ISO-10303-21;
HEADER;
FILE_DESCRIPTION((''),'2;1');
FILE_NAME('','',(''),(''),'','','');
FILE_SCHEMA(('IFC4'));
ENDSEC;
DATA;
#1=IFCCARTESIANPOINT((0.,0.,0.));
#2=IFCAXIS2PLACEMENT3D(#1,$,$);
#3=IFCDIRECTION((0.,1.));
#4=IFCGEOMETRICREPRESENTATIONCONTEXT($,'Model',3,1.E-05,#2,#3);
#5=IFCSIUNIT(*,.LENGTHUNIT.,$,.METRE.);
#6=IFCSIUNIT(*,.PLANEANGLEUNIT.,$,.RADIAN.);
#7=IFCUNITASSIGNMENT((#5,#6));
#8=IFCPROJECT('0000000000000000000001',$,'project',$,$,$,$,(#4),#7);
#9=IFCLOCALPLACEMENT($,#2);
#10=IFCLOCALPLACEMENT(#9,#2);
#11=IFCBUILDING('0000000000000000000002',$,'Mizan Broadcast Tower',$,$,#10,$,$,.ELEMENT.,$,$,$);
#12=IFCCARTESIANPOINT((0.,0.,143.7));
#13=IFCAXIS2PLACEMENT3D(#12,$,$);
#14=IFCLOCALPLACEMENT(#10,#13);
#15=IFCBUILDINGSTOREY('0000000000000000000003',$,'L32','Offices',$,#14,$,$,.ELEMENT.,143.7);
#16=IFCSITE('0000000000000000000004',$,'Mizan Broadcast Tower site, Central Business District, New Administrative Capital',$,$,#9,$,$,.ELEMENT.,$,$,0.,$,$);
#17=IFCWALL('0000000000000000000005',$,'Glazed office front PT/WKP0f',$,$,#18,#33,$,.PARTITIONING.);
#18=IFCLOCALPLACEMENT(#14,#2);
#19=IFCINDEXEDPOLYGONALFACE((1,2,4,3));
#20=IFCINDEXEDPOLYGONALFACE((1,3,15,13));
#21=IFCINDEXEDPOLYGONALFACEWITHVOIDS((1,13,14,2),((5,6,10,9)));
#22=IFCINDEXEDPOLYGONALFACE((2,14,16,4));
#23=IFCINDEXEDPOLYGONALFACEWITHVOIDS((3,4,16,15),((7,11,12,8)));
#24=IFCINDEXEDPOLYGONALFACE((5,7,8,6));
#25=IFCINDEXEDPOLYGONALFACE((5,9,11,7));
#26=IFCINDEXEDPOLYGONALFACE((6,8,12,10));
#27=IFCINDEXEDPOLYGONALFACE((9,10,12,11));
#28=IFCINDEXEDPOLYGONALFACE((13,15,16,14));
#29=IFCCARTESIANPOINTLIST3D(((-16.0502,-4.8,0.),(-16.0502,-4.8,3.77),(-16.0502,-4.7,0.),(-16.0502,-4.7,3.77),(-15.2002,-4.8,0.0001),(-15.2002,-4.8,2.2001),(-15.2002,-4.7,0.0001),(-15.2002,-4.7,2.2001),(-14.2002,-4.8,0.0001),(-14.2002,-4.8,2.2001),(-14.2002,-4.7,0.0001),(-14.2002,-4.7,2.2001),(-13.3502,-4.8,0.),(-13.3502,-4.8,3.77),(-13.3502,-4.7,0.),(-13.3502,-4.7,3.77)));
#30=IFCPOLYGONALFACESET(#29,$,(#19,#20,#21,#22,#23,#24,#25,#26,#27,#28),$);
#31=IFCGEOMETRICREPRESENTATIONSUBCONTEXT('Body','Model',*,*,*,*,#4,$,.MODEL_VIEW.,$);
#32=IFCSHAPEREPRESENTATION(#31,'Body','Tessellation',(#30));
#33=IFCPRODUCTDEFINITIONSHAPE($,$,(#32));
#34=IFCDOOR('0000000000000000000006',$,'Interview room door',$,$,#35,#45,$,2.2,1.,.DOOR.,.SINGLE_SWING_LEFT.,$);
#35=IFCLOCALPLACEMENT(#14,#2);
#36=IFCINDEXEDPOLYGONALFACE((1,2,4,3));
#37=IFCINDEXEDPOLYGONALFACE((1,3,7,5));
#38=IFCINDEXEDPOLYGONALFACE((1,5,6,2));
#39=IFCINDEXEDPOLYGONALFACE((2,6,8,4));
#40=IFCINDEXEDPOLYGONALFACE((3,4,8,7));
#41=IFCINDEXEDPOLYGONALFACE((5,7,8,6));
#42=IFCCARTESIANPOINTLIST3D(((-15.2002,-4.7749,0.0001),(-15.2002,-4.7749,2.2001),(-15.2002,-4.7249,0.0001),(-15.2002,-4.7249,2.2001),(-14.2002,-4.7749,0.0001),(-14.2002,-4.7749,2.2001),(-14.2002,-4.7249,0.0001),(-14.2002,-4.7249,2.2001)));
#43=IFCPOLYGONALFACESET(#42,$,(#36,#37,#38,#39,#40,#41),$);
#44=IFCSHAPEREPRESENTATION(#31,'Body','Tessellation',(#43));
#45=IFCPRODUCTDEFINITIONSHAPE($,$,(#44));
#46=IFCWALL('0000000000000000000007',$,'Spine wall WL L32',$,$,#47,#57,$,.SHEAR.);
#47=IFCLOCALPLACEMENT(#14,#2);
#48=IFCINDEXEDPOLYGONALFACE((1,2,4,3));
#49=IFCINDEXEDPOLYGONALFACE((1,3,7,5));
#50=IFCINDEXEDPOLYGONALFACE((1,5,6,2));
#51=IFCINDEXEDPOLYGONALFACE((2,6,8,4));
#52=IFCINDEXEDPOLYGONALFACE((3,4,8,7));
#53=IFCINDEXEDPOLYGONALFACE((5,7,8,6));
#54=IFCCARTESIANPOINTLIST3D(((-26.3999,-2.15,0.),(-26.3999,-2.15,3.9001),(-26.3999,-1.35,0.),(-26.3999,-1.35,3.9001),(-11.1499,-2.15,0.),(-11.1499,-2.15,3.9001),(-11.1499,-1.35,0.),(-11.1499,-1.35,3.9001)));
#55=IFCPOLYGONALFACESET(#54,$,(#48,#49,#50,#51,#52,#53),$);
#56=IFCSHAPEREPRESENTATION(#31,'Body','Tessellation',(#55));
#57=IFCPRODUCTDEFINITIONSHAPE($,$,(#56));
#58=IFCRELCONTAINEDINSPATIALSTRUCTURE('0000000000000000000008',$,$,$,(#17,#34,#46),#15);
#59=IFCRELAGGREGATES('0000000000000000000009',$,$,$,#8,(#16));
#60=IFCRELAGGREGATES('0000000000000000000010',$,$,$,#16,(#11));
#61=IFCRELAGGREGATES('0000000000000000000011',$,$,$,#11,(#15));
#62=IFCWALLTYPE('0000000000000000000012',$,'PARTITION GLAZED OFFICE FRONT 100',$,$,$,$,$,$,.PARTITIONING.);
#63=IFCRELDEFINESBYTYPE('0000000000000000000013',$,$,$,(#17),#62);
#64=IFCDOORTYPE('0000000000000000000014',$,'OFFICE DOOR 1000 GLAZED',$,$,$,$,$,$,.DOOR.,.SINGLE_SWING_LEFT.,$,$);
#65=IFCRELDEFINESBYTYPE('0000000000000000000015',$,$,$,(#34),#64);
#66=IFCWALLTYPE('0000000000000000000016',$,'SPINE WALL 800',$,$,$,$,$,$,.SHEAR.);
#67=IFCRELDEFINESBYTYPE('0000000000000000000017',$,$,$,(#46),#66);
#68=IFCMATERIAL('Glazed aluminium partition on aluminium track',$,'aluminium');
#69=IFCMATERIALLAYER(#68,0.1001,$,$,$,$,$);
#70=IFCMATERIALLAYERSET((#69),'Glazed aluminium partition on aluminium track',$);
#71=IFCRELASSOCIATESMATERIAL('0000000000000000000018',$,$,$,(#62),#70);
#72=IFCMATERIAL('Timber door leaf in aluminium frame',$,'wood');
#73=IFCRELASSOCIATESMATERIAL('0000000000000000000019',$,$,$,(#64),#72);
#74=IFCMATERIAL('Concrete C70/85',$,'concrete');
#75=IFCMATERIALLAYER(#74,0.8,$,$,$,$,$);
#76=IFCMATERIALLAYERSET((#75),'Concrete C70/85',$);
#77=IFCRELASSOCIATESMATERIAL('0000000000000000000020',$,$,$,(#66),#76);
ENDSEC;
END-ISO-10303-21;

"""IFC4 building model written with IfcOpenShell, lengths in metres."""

from ifc_helpers import new_model, si_unit, direction, frame, frame_2d, origin, place, context, subcontext, project, spatial, rectangle, extrude, material, layer, layer_set, type_object, element, fill, save


model = new_model("IFC4")

# Units and contexts
model_context = context("Model", 3, precision=1e-05, world=origin(), true_north=direction((0.0, 1.0)))
body_context = subcontext(model_context, "Body", "Model", "MODEL_VIEW")
ifc_project = project(units=[si_unit("LENGTHUNIT", "METRE"), si_unit("PLANEANGLEUNIT", "RADIAN")], contexts=[model_context])

# Site, building, storey
site_placement = place(None, origin())
site = spatial("IfcSite", under=ifc_project, at=site_placement, Name="Mizan Broadcast Tower site, Central Business District, New Administrative Capital", CompositionType="ELEMENT", RefElevation=0.0)
building_placement = place(site_placement, origin())
building = spatial("IfcBuilding", under=site, at=building_placement, Name="Mizan Broadcast Tower", CompositionType="ELEMENT")
storey_placement = place(building_placement, frame((0.0, 0.0, 143.7)))
storey = spatial("IfcBuildingStorey", under=building, at=storey_placement, Name="L32", Description="Offices", CompositionType="ELEMENT", Elevation=143.7)

# Shared definitions
ifc_material_1 = material(Name="Glazed aluminium partition on aluminium track", Category="aluminium")
ifc_layer_1 = layer(ifc_material_1, 0.1001)
ifc_layer_set_1 = layer_set([ifc_layer_1], Name="Glazed aluminium partition on aluminium track")
wall_type_1 = type_object("IfcWallType", Name="PARTITION GLAZED OFFICE FRONT 100", PredefinedType="PARTITIONING", material=ifc_layer_set_1)

# Wall, opening, door
wall_1_placement = place(storey_placement, frame((-13.3501, -4.75, 0.0), z_axis=(0.0, 0.0, 1.0), x_axis=(-1.0, 0.0, 0.0)))
wall_1 = element("IfcWall", 1, at=wall_1_placement, inside=storey, type_object=wall_type_1, Name="Glazed office front PT/WKP0f", PredefinedType="PARTITIONING", context=body_context, shape_type="SweptSolid", body=[
    extrude(rectangle(XDim=2.7, YDim=0.1001, at=frame_2d((1.3501, 0.0))), origin(), (0.0, 0.0, 1.0), 3.77),
])
opening_1_placement = place(wall_1_placement, frame((0.8501, 0.0, 0.0)))
opening_1 = element("IfcOpeningElement", 2, at=opening_1_placement, cuts=wall_1, PredefinedType="OPENING", context=body_context, shape_type="SweptSolid", body=[
    extrude(rectangle(XDim=1.0, YDim=2.2, at=frame_2d((0.5, 1.1001))), frame((0.0, 0.0601, 0.0), z_axis=(0.0, -1.0, 0.0), x_axis=(1.0, 0.0, 0.0)), (0.0, 0.0, 1.0), 0.1201),
])
ifc_material_2 = material(Name="Timber door leaf in aluminium frame", Category="wood")
door_type_1 = type_object("IfcDoorType", Name="OFFICE DOOR 1000 GLAZED", OperationType="SINGLE_SWING_LEFT", PredefinedType="DOOR", material=ifc_material_2)
door_1_placement = place(opening_1_placement, origin())
door_1 = element("IfcDoor", 3, at=door_1_placement, inside=storey, type_object=door_type_1, Name="Interview room door", OperationType="SINGLE_SWING_LEFT", OverallHeight=2.2, OverallWidth=1.0, PredefinedType="DOOR", context=body_context, shape_type="SweptSolid", body=[
    extrude(rectangle(XDim=1.0, YDim=2.2, at=frame_2d((0.5, 1.1001))), frame((0.0, 0.0249, 0.0), z_axis=(0.0, -1.0, 0.0), x_axis=(1.0, 0.0, 0.0)), (0.0, 0.0, 1.0), 0.05),
])
fill(opening_1, door_1)

# Wall
ifc_material_3 = material(Name="Concrete C70/85", Category="concrete")
ifc_layer_2 = layer(ifc_material_3, 0.8)
ifc_layer_set_2 = layer_set([ifc_layer_2], Name="Concrete C70/85")
wall_type_2 = type_object("IfcWallType", Name="SPINE WALL 800", PredefinedType="SHEAR", material=ifc_layer_set_2)
wall_2_placement = place(storey_placement, frame((-11.1499, -1.75, 0.0), z_axis=(0.0, 0.0, 1.0), x_axis=(-1.0, 0.0, 0.0)))
element("IfcWall", 4, at=wall_2_placement, inside=storey, type_object=wall_type_2, Name="Spine wall WL L32", PredefinedType="SHEAR", context=body_context, shape_type="SweptSolid", body=[
    extrude(rectangle(XDim=15.25, YDim=0.8, at=frame_2d((7.625, 0.0))), origin(), (0.0, 0.0, 1.0), 3.9001),
])

save(model, "model.ifc")
